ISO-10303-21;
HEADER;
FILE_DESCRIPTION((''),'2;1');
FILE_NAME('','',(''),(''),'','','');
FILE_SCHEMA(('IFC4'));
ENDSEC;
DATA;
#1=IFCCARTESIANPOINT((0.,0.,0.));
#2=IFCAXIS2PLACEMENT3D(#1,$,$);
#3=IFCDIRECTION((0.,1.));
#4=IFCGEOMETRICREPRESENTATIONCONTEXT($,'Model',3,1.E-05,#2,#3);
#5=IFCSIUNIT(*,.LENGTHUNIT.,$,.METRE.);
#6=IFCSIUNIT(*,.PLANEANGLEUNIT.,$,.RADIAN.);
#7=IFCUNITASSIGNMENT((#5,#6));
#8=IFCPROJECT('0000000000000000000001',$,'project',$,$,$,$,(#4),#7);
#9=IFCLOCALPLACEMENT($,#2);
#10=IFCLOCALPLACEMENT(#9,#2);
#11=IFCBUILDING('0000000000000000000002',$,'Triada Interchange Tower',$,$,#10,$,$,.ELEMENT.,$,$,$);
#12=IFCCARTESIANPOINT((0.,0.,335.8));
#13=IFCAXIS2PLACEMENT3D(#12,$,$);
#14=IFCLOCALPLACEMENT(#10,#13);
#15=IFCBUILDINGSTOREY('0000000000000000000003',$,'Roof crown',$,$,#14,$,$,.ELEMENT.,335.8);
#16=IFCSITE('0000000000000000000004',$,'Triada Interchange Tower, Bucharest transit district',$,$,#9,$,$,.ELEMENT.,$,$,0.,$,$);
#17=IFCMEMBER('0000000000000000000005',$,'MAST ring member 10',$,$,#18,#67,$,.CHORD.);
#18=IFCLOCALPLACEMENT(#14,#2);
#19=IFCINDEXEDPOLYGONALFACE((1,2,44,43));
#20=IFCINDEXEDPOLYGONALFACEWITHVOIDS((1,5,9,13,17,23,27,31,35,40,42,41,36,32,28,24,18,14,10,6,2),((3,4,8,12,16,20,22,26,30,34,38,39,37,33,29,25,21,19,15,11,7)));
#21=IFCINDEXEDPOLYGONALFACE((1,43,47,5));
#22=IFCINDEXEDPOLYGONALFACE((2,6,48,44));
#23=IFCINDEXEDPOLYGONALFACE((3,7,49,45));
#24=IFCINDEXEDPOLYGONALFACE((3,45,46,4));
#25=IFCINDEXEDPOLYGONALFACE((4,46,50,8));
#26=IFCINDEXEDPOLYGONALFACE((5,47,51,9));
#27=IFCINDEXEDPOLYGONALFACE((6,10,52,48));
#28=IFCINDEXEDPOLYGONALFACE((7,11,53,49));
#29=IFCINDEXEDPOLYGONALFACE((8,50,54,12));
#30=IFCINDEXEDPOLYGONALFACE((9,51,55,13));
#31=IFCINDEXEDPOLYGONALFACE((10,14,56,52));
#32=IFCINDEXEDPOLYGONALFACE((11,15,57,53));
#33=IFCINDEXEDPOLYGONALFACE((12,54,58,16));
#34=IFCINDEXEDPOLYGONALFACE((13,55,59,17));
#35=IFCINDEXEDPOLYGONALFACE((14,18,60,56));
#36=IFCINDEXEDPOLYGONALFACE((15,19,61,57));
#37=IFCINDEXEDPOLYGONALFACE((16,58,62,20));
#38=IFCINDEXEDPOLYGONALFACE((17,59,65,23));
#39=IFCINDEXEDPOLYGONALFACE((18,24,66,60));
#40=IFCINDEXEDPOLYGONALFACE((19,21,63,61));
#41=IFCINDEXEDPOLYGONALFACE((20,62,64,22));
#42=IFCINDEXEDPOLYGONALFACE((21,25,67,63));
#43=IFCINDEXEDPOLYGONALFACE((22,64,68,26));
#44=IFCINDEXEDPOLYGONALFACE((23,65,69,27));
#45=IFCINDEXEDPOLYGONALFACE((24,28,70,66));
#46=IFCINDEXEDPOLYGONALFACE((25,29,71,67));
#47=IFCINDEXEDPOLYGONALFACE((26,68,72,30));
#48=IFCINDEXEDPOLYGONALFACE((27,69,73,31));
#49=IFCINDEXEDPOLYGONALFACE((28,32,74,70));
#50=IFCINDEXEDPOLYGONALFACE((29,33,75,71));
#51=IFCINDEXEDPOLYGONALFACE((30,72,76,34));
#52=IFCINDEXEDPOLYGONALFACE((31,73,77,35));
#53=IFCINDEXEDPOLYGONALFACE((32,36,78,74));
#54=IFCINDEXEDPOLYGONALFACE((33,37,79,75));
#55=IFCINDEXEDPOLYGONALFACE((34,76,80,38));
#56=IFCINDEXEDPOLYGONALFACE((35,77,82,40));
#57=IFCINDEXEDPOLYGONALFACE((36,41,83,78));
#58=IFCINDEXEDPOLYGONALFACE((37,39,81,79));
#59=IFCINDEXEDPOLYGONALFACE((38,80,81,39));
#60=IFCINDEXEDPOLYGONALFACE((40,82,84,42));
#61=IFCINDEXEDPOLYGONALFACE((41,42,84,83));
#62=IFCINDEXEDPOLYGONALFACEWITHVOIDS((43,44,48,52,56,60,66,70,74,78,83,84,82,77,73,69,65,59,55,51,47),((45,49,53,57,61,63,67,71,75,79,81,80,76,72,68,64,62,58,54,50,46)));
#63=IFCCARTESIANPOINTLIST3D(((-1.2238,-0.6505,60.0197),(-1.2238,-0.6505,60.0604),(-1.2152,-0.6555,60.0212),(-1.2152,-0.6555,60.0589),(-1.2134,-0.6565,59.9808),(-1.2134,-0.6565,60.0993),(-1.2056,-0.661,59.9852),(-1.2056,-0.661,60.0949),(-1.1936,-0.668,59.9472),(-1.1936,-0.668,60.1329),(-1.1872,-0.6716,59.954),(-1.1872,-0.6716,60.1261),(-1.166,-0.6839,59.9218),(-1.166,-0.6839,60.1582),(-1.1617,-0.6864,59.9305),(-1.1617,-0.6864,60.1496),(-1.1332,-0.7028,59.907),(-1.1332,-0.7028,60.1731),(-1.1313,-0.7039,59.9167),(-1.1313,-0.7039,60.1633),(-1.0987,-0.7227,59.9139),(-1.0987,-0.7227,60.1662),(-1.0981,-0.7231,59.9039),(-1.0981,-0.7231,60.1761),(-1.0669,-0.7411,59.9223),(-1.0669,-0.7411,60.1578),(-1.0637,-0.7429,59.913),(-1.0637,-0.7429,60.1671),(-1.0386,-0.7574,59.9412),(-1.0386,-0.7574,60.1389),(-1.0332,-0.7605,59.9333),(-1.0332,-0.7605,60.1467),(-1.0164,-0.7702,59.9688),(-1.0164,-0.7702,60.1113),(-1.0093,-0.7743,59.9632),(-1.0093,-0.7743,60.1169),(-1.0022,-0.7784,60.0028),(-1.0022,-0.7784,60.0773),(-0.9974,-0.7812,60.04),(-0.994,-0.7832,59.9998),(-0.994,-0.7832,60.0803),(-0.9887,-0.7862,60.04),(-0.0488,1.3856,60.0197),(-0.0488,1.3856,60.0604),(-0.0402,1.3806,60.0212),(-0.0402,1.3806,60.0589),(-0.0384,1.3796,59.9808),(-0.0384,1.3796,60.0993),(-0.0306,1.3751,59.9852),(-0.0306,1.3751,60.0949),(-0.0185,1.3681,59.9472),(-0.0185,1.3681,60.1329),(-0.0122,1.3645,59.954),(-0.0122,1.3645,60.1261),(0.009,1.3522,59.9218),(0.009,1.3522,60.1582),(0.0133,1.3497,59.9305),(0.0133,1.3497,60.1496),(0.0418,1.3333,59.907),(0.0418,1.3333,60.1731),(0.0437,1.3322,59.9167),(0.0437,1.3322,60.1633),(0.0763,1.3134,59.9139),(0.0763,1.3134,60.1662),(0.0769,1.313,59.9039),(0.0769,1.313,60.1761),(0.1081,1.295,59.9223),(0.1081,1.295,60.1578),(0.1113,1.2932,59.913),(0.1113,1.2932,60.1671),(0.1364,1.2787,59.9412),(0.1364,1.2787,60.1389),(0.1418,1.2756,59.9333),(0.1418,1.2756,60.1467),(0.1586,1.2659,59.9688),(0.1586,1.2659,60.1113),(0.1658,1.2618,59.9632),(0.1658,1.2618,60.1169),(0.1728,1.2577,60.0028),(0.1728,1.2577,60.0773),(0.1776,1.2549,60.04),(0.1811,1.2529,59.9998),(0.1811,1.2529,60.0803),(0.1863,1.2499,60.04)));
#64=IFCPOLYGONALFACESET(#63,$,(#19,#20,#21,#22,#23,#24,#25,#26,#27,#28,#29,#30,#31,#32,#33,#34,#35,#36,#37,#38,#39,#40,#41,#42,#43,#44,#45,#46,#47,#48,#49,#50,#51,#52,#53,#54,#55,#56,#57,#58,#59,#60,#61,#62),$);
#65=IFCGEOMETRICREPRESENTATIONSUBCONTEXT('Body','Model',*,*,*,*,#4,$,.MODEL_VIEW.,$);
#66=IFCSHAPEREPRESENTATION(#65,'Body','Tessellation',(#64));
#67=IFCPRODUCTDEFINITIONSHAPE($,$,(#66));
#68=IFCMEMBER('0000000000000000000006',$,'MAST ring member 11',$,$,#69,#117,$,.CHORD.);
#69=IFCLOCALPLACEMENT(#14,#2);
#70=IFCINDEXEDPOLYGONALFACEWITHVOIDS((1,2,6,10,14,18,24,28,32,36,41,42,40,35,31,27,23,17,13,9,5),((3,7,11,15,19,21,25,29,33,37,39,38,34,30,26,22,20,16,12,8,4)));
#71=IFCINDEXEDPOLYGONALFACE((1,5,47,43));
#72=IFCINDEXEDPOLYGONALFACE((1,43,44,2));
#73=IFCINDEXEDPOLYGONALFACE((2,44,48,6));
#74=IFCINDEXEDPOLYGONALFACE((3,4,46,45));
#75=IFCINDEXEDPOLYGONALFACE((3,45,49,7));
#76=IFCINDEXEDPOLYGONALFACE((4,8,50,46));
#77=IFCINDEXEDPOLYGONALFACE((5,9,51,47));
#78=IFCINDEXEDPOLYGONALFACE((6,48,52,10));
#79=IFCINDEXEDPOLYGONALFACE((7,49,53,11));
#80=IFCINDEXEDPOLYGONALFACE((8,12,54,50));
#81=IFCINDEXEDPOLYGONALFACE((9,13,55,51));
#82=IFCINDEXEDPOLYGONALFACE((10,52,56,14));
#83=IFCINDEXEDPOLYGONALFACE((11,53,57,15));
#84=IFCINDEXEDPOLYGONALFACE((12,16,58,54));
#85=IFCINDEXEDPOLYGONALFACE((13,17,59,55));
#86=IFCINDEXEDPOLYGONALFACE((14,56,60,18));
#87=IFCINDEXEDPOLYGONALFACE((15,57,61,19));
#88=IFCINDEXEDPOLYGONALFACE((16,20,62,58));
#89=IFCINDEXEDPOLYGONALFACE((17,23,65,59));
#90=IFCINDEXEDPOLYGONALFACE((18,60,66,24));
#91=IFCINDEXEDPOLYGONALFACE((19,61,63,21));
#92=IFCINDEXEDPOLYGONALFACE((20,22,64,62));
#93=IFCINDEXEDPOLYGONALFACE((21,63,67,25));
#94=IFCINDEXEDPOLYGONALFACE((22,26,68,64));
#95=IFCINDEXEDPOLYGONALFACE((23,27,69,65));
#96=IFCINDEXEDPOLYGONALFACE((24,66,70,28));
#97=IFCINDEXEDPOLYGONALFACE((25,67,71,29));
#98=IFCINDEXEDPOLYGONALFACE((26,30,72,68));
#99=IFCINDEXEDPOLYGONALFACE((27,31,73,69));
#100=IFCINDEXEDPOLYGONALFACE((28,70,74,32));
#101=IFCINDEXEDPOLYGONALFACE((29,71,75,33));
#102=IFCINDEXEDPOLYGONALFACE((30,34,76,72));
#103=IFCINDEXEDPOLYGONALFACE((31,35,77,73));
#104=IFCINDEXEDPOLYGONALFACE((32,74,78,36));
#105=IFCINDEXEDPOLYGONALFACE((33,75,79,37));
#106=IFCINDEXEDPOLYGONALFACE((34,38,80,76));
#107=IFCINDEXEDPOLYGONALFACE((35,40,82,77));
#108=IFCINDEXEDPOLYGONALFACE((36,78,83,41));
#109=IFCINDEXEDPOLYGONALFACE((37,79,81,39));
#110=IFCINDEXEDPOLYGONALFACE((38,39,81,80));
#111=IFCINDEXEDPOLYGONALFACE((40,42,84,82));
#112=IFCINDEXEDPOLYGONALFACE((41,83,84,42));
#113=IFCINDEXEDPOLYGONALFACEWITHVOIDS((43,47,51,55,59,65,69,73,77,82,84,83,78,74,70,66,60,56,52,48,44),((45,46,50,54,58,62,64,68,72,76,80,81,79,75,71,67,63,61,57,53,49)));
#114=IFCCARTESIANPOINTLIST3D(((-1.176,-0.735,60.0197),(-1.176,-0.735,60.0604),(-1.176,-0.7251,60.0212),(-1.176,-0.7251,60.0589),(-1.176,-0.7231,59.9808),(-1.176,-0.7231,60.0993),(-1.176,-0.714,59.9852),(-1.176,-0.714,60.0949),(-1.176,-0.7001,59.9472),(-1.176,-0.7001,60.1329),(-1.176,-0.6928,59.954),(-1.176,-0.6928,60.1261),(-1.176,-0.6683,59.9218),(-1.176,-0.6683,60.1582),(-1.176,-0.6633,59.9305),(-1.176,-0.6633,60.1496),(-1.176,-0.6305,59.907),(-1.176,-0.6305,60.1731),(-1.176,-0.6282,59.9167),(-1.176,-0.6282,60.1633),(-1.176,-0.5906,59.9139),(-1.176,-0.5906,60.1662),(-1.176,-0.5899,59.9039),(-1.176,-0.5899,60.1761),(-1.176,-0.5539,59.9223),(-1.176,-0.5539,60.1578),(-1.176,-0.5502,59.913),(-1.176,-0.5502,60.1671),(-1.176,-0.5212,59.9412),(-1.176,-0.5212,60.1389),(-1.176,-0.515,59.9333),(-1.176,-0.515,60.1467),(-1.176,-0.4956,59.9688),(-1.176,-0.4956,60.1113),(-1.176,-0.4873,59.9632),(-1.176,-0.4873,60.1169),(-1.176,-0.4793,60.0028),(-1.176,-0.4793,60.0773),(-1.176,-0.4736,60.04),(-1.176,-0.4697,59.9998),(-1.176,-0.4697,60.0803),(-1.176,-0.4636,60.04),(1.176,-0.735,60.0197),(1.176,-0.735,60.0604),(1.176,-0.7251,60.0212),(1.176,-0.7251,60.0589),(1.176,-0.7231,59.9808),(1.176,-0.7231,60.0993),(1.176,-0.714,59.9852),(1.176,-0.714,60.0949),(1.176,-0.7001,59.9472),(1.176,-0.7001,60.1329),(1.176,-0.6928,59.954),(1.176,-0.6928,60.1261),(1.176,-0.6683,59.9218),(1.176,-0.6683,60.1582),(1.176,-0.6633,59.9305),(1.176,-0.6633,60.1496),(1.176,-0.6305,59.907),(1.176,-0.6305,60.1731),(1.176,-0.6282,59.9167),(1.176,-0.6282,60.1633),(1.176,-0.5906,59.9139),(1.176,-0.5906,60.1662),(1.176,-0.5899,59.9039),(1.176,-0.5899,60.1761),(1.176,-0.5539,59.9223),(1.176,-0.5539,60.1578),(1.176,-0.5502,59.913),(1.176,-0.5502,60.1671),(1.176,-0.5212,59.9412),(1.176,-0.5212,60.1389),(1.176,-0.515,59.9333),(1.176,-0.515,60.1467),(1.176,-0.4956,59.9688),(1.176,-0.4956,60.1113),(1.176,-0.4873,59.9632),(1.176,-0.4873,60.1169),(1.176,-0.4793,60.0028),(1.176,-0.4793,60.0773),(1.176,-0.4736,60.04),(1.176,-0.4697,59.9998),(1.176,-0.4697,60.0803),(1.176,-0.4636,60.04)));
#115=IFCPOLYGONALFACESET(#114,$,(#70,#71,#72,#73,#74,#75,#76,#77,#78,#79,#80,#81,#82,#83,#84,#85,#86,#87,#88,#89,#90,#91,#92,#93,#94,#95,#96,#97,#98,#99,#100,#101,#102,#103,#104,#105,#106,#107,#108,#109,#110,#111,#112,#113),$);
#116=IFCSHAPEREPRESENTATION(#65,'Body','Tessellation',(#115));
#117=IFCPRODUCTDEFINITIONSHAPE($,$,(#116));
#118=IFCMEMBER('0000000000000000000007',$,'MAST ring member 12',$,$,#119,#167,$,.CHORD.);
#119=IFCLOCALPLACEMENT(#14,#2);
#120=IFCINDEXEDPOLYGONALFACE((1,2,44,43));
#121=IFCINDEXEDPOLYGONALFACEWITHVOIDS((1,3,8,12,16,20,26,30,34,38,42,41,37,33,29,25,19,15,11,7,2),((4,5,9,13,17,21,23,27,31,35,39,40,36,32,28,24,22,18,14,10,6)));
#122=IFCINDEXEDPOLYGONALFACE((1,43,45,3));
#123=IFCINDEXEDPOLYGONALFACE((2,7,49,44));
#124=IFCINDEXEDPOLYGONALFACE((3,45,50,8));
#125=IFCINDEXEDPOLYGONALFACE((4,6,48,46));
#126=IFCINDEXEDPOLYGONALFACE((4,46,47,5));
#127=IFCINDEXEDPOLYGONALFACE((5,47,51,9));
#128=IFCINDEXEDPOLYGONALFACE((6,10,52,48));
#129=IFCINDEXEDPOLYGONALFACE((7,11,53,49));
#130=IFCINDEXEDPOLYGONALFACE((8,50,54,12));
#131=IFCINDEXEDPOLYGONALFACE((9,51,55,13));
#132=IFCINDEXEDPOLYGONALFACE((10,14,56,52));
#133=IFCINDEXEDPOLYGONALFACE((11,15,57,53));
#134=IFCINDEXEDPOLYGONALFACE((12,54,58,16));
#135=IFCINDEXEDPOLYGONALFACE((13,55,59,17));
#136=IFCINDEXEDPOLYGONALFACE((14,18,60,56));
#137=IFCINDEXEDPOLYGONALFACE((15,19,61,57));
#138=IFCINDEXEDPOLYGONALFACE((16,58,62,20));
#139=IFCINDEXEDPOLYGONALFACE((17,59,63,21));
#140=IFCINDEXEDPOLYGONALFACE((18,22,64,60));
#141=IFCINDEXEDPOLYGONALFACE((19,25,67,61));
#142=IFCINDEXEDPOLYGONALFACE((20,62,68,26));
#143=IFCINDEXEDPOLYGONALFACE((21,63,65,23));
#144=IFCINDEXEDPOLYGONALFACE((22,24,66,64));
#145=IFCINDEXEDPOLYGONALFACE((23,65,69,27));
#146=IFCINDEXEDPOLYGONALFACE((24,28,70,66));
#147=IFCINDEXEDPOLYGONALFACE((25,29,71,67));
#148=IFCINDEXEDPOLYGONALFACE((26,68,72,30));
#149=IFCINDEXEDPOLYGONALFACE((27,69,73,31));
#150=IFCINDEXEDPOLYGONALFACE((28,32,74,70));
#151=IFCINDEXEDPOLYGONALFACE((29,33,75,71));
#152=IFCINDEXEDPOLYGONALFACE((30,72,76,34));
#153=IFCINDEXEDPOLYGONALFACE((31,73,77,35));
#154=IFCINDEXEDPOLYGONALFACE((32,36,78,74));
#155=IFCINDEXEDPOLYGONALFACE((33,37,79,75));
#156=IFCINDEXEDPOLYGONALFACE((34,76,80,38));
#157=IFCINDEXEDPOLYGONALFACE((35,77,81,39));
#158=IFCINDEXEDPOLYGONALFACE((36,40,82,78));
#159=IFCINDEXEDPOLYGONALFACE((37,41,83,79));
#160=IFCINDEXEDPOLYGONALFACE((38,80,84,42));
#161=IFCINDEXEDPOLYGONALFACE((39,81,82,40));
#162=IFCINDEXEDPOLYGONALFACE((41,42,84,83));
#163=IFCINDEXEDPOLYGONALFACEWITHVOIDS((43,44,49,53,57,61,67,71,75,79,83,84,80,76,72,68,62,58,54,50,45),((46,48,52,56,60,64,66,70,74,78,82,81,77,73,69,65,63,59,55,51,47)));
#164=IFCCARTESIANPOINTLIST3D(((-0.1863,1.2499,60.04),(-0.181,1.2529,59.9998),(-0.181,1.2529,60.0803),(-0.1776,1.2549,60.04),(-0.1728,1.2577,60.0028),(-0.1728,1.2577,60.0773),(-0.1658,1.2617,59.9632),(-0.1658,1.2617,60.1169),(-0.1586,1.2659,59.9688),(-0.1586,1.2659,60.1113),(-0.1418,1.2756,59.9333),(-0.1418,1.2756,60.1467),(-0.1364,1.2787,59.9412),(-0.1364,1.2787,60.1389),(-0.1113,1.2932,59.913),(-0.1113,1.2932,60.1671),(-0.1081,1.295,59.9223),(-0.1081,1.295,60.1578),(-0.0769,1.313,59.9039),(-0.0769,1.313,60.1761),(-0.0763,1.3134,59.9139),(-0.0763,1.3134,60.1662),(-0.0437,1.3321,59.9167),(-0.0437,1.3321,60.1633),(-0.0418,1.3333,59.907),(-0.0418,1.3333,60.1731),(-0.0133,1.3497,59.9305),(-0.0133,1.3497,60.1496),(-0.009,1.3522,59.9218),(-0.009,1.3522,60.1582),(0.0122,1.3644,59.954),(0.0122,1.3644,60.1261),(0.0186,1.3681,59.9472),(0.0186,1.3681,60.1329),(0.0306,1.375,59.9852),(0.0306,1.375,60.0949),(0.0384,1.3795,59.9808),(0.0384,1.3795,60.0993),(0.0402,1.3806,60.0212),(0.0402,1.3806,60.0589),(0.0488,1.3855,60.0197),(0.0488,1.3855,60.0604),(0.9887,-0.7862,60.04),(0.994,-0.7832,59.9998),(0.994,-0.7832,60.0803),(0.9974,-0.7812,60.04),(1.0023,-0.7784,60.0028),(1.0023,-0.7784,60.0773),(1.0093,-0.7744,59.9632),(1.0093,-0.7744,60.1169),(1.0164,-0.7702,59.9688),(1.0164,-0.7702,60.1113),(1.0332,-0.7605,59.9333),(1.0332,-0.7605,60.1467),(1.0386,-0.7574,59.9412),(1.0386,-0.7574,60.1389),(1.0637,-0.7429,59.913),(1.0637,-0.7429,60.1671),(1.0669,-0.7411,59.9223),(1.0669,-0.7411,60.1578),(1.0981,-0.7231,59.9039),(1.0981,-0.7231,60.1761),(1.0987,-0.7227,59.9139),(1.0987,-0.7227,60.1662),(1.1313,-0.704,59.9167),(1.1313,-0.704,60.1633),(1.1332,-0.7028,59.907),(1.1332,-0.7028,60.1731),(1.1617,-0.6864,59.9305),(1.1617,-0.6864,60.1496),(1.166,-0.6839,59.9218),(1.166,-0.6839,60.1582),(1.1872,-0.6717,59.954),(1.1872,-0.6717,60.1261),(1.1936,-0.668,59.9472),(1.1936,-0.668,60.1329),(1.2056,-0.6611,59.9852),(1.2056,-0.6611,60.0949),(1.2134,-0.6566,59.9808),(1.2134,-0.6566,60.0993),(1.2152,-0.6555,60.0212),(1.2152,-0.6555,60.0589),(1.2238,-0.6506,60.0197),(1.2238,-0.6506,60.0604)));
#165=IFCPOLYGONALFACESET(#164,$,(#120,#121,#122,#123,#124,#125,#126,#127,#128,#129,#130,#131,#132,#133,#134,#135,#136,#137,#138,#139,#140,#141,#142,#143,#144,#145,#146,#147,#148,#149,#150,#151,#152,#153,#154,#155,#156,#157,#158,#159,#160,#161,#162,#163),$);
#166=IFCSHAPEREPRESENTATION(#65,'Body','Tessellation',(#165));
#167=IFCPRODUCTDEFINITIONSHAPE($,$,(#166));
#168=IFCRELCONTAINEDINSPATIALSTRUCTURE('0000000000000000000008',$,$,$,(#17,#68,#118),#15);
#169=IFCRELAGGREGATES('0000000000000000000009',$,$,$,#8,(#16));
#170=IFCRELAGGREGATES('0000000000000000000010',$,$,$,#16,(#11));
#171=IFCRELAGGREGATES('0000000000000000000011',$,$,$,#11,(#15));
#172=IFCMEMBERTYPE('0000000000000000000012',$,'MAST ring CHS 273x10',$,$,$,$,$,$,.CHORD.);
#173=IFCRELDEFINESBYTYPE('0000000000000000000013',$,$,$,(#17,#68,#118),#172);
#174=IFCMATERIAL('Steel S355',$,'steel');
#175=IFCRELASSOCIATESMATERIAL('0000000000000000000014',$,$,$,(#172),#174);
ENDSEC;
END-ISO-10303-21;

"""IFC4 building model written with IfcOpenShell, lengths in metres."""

from ifc_helpers import new_model, si_unit, direction, frame, origin, origin_2d, place, context, subcontext, project, spatial, hollow_circle, extrude, material, material_profile, profile_set, type_object, element, save


model = new_model("IFC4")

# Units and contexts
model_context = context("Model", 3, precision=1e-05, world=origin(), true_north=direction((0.0, 1.0)))
body_context = subcontext(model_context, "Body", "Model", "MODEL_VIEW")
ifc_project = project(units=[si_unit("LENGTHUNIT", "METRE"), si_unit("PLANEANGLEUNIT", "RADIAN")], contexts=[model_context])

# Site, building, storey
site_placement = place(None, origin())
site = spatial("IfcSite", under=ifc_project, at=site_placement, Name="Triada Interchange Tower, Bucharest transit district", CompositionType="ELEMENT", RefElevation=0.0)
building_placement = place(site_placement, origin())
building = spatial("IfcBuilding", under=site, at=building_placement, Name="Triada Interchange Tower", CompositionType="ELEMENT")
storey_placement = place(building_placement, frame((0.0, 0.0, 335.8)))
storey = spatial("IfcBuildingStorey", under=building, at=storey_placement, Name="Roof crown", CompositionType="ELEMENT", Elevation=335.8)

# Members
ifc_material = material(Name="Steel S355", Category="steel")
ifc_material_profile_1 = material_profile(ifc_material, hollow_circle(Radius=0.1365, WallThickness=0.01, at=origin_2d()), Name="CHS 273x10")
ifc_profile_set_1 = profile_set([ifc_material_profile_1], Name="Steel S355")
member_type_1 = type_object("IfcMemberType", Name="MAST ring CHS 273x10", PredefinedType="CHORD", material=ifc_profile_set_1)
member_1_placement = place(storey_placement, frame((0.0681, 1.3181, 60.04), z_axis=(-0.499836, -0.86612, 0.0), x_axis=(0.86612, -0.499836, 0.0)))
element("IfcMember", 1, at=member_1_placement, inside=storey, type_object=member_type_1, Name="MAST ring member 10", PredefinedType="CHORD", context=body_context, shape_type="SweptSolid", body=[
    extrude(hollow_circle(Radius=0.1365, WallThickness=0.01, at=origin_2d()), origin(), (0.0, 0.0, 1.0), 2.3508),
])
member_2_placement = place(storey_placement, frame((-1.176, -0.6001, 60.04), z_axis=(1.0, 0.0, 0.0), x_axis=(0.0, 1.0, 0.0)))
element("IfcMember", 2, at=member_2_placement, inside=storey, type_object=member_type_1, Name="MAST ring member 11", PredefinedType="CHORD", context=body_context, shape_type="SweptSolid", body=[
    extrude(hollow_circle(Radius=0.1365, WallThickness=0.01, at=origin_2d()), origin(), (0.0, 0.0, 1.0), 2.3521),
])
member_3_placement = place(storey_placement, frame((1.1069, -0.718, 60.04), z_axis=(-0.499836, 0.86612, 0.0), x_axis=(-0.86612, -0.499836, 0.0)))
element("IfcMember", 3, at=member_3_placement, inside=storey, type_object=member_type_1, Name="MAST ring member 12", PredefinedType="CHORD", context=body_context, shape_type="SweptSolid", body=[
    extrude(hollow_circle(Radius=0.1365, WallThickness=0.01, at=origin_2d()), origin(), (0.0, 0.0, 1.0), 2.3508),
])

save(model, "model.ifc")
